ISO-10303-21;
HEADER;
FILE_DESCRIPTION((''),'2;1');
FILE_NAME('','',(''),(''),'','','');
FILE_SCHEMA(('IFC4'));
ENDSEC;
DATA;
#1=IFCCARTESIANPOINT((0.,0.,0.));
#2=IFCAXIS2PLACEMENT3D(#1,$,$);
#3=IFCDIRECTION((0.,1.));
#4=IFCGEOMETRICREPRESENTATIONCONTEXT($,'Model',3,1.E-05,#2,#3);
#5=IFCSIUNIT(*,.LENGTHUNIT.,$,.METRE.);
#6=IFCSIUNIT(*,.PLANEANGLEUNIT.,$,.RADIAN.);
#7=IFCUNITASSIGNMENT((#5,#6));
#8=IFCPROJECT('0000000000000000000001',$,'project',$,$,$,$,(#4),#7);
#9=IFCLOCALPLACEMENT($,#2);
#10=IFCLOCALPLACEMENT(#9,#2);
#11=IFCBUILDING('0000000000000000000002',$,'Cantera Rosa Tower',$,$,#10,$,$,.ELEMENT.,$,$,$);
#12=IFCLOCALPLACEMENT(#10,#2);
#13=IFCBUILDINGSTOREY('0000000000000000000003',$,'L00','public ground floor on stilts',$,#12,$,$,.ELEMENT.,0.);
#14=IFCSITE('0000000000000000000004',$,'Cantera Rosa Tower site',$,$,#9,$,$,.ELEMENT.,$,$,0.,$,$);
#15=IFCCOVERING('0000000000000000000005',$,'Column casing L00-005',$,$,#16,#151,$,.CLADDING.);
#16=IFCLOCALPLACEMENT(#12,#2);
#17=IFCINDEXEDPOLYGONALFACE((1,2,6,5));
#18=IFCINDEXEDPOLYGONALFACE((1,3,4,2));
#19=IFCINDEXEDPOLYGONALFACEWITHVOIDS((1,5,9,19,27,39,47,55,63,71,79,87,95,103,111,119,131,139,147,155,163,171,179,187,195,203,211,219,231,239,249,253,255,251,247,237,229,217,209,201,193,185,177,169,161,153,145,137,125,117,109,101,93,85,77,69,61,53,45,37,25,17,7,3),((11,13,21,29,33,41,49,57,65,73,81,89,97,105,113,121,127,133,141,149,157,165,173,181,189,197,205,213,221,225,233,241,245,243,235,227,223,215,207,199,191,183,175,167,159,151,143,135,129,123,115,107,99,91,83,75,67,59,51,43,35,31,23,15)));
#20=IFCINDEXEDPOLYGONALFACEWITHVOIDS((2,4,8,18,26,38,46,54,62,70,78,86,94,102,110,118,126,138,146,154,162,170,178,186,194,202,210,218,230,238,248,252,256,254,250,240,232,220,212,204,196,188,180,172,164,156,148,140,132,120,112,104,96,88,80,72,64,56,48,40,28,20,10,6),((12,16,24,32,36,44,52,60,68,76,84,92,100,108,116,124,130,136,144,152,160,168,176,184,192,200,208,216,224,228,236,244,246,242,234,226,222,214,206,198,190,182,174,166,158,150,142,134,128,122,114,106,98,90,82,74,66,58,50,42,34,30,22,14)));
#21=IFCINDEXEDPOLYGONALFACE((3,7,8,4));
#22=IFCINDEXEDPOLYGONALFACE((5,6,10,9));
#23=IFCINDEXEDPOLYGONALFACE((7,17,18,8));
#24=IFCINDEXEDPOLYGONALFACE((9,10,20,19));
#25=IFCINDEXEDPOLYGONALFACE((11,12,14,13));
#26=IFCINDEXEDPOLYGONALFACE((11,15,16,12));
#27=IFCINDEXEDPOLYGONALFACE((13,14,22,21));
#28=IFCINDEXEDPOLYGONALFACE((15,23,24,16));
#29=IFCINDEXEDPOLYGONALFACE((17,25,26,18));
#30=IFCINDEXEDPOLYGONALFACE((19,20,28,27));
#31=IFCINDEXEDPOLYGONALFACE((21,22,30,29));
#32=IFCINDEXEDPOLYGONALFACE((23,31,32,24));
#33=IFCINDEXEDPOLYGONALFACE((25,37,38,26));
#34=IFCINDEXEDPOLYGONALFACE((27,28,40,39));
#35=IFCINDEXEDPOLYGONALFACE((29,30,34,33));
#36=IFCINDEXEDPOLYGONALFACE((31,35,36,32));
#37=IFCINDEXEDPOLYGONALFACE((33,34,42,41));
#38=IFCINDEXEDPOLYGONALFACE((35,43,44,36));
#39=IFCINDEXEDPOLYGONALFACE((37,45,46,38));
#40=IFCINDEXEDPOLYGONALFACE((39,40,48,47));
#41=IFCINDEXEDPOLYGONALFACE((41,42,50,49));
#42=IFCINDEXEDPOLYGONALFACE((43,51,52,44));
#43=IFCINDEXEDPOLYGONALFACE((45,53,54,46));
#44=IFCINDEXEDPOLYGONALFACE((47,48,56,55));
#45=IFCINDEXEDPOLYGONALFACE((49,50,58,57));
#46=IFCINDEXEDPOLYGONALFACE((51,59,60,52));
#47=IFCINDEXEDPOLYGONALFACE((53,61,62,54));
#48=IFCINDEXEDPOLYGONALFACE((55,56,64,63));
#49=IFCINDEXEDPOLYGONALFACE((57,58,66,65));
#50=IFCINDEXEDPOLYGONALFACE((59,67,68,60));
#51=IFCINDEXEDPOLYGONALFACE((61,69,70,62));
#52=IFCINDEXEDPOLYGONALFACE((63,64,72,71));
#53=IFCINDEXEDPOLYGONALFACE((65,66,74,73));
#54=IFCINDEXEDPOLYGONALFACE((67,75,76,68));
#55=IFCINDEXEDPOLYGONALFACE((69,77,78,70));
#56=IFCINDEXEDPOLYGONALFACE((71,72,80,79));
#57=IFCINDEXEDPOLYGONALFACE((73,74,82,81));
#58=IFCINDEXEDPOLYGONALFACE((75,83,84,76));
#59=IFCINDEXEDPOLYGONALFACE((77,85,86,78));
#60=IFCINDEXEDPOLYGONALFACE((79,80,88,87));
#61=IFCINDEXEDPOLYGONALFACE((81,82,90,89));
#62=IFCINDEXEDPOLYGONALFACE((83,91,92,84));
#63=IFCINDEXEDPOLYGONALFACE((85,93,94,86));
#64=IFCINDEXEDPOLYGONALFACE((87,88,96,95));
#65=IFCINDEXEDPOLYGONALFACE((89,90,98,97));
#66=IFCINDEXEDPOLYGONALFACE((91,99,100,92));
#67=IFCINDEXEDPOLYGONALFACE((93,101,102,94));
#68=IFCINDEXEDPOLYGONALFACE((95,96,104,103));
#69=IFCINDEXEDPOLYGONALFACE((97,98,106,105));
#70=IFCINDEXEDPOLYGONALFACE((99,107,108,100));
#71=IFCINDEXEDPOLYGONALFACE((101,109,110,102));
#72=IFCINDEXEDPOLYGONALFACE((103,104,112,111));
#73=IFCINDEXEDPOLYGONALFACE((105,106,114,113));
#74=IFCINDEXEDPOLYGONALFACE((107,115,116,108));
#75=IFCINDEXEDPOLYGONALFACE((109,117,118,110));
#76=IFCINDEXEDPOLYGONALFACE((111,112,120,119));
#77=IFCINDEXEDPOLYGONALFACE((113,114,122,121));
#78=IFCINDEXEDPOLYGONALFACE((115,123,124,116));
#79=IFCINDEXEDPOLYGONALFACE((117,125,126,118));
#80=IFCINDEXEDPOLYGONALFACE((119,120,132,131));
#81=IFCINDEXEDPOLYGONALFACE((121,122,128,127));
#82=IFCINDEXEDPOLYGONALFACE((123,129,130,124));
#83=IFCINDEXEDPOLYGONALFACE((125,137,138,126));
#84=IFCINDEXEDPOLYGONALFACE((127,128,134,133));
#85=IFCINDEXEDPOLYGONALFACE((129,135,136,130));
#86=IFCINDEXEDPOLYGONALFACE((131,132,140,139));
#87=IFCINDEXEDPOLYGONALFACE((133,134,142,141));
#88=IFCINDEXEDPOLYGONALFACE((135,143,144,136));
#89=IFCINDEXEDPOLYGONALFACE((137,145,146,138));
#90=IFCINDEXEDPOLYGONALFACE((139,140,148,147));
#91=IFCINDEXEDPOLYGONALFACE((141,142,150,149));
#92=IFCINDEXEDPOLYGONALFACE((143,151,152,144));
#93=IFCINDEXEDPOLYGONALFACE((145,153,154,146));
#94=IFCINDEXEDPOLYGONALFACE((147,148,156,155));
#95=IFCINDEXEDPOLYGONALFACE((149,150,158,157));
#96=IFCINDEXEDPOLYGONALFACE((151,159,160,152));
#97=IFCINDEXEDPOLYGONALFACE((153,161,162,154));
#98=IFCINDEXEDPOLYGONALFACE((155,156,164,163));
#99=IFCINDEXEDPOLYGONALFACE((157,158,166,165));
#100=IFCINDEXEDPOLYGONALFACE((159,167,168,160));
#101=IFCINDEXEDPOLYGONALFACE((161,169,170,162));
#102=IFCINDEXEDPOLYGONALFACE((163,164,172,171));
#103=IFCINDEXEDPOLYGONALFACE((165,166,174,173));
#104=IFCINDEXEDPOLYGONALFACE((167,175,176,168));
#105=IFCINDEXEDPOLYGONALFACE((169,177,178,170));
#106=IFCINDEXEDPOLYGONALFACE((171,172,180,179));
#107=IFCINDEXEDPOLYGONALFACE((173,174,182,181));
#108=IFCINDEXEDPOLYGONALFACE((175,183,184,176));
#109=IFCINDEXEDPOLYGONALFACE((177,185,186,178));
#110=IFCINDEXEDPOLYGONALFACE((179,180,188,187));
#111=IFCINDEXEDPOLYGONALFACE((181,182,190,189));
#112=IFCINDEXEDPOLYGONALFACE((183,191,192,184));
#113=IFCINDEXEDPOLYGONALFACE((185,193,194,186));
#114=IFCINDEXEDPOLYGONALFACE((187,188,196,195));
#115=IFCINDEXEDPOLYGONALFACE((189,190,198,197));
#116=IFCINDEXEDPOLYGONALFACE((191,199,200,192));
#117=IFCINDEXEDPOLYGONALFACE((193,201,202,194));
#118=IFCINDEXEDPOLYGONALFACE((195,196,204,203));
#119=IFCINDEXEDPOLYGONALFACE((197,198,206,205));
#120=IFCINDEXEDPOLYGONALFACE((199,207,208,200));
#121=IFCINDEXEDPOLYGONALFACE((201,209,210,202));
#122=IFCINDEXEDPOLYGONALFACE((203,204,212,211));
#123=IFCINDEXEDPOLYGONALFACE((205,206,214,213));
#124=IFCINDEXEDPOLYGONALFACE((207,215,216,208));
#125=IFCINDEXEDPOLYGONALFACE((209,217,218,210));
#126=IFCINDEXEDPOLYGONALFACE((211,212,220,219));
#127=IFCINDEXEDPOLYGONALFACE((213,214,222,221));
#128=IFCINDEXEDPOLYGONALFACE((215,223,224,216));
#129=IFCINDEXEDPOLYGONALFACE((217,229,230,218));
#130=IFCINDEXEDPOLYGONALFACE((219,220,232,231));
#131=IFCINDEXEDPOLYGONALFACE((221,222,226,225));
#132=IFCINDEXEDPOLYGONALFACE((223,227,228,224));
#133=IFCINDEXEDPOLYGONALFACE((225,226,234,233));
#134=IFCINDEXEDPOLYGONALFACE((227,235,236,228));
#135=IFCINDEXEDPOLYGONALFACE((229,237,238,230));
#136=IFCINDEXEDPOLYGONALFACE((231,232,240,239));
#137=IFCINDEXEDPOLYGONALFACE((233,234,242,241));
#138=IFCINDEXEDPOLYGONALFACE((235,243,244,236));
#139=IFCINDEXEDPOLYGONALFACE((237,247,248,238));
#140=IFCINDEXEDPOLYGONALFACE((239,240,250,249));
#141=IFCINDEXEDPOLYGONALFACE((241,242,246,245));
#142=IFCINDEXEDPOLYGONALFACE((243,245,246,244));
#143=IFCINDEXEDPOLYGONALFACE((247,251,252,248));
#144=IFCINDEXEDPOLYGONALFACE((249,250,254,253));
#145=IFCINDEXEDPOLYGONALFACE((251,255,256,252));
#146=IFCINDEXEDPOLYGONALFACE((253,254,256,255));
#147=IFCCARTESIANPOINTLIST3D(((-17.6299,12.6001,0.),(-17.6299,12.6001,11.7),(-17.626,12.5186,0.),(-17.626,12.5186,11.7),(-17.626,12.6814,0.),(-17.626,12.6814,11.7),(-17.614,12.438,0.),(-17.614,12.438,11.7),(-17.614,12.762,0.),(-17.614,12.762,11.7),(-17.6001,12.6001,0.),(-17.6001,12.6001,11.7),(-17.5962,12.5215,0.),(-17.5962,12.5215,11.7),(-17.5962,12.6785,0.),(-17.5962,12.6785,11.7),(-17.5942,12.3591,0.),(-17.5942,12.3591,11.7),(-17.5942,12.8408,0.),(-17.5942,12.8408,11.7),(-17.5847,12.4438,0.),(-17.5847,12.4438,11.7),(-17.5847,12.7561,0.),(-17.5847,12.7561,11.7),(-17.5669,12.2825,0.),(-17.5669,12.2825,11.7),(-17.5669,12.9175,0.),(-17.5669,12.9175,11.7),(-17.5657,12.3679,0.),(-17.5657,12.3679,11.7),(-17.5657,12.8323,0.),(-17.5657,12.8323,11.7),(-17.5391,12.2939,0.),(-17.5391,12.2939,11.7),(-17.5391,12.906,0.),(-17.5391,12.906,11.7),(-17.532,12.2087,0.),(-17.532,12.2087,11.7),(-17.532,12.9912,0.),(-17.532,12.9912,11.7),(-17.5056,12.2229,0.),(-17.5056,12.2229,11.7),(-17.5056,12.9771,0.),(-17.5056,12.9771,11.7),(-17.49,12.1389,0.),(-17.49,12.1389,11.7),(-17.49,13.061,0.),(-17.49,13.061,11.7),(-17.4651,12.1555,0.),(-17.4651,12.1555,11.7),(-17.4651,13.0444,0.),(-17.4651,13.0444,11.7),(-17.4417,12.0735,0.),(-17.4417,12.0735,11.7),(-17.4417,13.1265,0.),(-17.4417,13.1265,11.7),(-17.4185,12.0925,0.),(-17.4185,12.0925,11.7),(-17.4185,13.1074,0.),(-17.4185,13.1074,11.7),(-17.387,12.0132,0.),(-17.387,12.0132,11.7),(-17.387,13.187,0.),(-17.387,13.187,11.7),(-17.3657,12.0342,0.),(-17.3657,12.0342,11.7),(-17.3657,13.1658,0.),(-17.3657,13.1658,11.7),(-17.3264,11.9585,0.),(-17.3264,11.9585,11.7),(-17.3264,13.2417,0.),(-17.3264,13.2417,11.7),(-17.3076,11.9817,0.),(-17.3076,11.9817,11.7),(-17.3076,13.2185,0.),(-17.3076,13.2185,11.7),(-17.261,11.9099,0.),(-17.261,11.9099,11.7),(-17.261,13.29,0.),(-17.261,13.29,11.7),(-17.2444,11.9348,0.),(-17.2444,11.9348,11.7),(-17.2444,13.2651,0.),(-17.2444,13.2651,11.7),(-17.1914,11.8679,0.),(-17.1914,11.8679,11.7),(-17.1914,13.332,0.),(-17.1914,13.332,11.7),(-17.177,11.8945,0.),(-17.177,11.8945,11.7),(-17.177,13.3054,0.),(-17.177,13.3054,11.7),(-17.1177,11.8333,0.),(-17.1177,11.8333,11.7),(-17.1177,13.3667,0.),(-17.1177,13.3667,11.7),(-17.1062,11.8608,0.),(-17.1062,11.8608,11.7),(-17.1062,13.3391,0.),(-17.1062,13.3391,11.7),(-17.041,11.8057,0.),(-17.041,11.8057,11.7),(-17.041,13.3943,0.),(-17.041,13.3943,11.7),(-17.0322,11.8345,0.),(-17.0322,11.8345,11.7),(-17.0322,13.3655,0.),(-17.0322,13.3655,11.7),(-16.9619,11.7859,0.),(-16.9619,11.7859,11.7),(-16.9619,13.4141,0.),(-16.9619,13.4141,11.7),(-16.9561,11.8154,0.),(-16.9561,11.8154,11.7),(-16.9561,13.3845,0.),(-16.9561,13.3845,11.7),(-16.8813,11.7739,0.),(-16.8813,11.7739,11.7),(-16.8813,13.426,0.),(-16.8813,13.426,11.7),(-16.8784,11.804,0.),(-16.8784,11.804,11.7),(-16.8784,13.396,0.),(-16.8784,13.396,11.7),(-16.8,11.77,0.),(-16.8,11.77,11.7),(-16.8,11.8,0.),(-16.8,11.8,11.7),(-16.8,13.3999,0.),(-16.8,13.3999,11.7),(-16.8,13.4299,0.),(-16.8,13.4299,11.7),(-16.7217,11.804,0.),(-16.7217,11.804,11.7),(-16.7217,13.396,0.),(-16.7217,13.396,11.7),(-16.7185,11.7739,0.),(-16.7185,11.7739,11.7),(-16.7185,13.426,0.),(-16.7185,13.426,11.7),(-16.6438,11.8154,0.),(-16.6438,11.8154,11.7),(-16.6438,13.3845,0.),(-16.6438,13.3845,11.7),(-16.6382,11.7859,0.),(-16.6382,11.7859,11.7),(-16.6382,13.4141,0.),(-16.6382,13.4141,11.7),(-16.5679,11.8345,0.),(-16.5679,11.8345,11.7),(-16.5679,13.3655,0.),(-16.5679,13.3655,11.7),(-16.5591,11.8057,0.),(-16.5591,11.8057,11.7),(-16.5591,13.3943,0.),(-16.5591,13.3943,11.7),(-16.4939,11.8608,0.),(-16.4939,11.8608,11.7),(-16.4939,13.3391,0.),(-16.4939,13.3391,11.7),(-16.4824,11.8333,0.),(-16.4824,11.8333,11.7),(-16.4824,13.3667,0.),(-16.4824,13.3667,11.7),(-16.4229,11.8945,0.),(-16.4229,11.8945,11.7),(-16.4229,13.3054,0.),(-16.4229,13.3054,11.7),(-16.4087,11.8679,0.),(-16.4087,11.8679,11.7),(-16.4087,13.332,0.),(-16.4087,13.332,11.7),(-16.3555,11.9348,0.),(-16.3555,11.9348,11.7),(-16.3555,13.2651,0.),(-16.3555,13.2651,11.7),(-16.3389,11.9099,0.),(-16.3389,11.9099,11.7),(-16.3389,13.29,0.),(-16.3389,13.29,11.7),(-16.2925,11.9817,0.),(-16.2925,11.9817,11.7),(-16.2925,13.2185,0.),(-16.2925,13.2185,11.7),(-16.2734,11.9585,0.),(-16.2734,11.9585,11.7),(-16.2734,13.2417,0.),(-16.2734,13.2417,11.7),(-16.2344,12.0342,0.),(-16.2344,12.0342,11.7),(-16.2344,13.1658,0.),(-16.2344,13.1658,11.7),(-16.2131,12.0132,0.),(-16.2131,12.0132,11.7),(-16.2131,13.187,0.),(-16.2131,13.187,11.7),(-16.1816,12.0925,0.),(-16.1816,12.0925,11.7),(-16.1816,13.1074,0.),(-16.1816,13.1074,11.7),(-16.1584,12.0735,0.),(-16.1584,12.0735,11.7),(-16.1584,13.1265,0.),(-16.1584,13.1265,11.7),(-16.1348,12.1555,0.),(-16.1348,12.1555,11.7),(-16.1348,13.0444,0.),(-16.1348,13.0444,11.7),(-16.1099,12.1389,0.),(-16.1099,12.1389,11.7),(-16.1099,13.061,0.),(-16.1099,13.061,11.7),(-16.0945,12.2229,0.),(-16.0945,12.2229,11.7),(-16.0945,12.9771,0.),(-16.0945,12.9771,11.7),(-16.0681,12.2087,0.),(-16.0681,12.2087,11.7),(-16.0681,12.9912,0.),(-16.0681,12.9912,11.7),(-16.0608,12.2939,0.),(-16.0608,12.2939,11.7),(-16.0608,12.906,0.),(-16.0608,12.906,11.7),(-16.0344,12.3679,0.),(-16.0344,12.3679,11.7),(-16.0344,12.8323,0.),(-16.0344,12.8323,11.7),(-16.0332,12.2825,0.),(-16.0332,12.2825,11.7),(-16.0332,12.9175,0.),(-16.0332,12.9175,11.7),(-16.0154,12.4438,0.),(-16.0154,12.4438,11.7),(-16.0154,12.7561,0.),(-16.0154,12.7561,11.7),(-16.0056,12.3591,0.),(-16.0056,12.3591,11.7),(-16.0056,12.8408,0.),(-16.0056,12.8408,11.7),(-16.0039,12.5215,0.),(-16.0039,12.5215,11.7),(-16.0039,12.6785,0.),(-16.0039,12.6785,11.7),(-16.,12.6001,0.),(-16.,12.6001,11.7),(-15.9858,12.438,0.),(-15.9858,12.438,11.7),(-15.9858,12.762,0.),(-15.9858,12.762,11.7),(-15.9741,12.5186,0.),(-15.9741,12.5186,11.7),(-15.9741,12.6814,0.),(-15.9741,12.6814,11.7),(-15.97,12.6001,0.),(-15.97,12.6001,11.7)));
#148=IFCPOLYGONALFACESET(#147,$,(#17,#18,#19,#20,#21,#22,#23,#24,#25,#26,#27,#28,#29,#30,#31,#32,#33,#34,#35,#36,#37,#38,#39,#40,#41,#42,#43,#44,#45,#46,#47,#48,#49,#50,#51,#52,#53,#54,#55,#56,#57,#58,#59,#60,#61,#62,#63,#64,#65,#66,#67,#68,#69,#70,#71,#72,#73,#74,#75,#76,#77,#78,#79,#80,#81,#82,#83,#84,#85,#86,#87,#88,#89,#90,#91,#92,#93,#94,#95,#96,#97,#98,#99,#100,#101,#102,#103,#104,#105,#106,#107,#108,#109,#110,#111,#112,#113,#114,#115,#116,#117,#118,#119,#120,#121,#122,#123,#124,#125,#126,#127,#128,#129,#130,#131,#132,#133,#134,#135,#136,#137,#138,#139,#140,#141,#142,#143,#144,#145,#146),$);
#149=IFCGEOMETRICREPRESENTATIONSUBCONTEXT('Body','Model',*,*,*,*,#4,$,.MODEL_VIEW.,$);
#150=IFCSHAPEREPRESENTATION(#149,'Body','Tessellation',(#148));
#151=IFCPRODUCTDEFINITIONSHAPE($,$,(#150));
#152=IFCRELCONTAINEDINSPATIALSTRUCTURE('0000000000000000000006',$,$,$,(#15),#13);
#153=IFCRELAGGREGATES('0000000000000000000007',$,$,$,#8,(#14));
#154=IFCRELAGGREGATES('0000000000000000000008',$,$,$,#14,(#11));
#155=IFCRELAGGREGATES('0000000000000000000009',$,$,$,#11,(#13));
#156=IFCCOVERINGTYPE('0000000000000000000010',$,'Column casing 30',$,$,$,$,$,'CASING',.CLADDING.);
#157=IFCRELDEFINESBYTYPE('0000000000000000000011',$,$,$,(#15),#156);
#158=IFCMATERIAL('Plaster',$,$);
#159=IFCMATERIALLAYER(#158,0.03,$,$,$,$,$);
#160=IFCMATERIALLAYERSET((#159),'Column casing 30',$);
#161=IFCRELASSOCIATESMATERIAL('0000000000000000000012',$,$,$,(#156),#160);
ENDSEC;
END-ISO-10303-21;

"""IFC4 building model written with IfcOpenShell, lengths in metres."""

from ifc_helpers import new_model, si_unit, direction, origin, place, context, subcontext, project, spatial, polyline, outline, extrude, material, layer, layer_set, type_object, element, save


model = new_model("IFC4")

# Units and contexts
model_context = context("Model", 3, precision=1e-05, world=origin(), true_north=direction((0.0, 1.0)))
body_context = subcontext(model_context, "Body", "Model", "MODEL_VIEW")
ifc_project = project(units=[si_unit("LENGTHUNIT", "METRE"), si_unit("PLANEANGLEUNIT", "RADIAN")], contexts=[model_context])

# Site, building, storey
site_placement = place(None, origin())
site = spatial("IfcSite", under=ifc_project, at=site_placement, Name="Cantera Rosa Tower site", CompositionType="ELEMENT", RefElevation=0.0)
building_placement = place(site_placement, origin())
building = spatial("IfcBuilding", under=site, at=building_placement, Name="Cantera Rosa Tower", CompositionType="ELEMENT")
storey_placement = place(building_placement, origin())
storey = spatial("IfcBuildingStorey", under=building, at=storey_placement, Name="L00", Description="public ground floor on stilts", CompositionType="ELEMENT", Elevation=0.0)

# Covering
ifc_material_1 = material(Name="Plaster")
ifc_layer_1 = layer(ifc_material_1, 0.03)
ifc_layer_set_1 = layer_set([ifc_layer_1], Name="Column casing 30")
covering_type = type_object("IfcCoveringType", Name="Column casing 30", ElementType="CASING", PredefinedType="CLADDING", material=ifc_layer_set_1)
covering_1_placement = place(storey_placement, origin())
element("IfcCovering", 1, at=covering_1_placement, inside=storey, type_object=covering_type, Name="Column casing L00-005", PredefinedType="CLADDING", context=body_context, shape_type="SweptSolid", body=[
    extrude(outline(polyline([(-15.9741, 12.5186), (-15.97, 12.6001), (-15.9741, 12.6814), (-15.9858, 12.762), (-16.0056, 12.8408), (-16.0332, 12.9175), (-16.0681, 12.9912), (-16.1099, 13.061), (-16.1584, 13.1265), (-16.2131, 13.187), (-16.2734, 13.2417), (-16.3389, 13.29), (-16.4087, 13.332), (-16.4824, 13.3667), (-16.5591, 13.3943), (-16.6382, 13.4141), (-16.7185, 13.426), (-16.8, 13.4299), (-16.8813, 13.426), (-16.9619, 13.4141), (-17.041, 13.3943), (-17.1177, 13.3667), (-17.1914, 13.332), (-17.261, 13.29), (-17.3264, 13.2417), (-17.387, 13.187), (-17.4417, 13.1265), (-17.49, 13.061), (-17.532, 12.9912), (-17.5669, 12.9175), (-17.5942, 12.8408), (-17.614, 12.762), (-17.626, 12.6814), (-17.6299, 12.6001), (-17.626, 12.5186), (-17.614, 12.438), (-17.5942, 12.3591), (-17.5669, 12.2825), (-17.532, 12.2087), (-17.49, 12.1389), (-17.4417, 12.0735), (-17.387, 12.0132), (-17.3264, 11.9585), (-17.261, 11.9099), (-17.1914, 11.8679), (-17.1177, 11.8333), (-17.041, 11.8057), (-16.9619, 11.7859), (-16.8813, 11.7739), (-16.8, 11.77), (-16.7185, 11.7739), (-16.6382, 11.7859), (-16.5591, 11.8057), (-16.4824, 11.8333), (-16.4087, 11.8679), (-16.3389, 11.9099), (-16.2734, 11.9585), (-16.2131, 12.0132), (-16.1584, 12.0735), (-16.1099, 12.1389), (-16.0681, 12.2087), (-16.0332, 12.2825), (-16.0056, 12.3591), (-15.9858, 12.438), (-15.9741, 12.5186)]), holes=[polyline([(-16.0039, 12.6785), (-16.0154, 12.7561), (-16.0344, 12.8323), (-16.0608, 12.906), (-16.0945, 12.9771), (-16.1348, 13.0444), (-16.1816, 13.1074), (-16.2344, 13.1658), (-16.2925, 13.2185), (-16.3555, 13.2651), (-16.4229, 13.3054), (-16.4939, 13.3391), (-16.5679, 13.3655), (-16.6438, 13.3845), (-16.7217, 13.396), (-16.8, 13.3999), (-16.8784, 13.396), (-16.9561, 13.3845), (-17.0322, 13.3655), (-17.1062, 13.3391), (-17.177, 13.3054), (-17.2444, 13.2651), (-17.3076, 13.2185), (-17.3657, 13.1658), (-17.4185, 13.1074), (-17.4651, 13.0444), (-17.5056, 12.9771), (-17.5391, 12.906), (-17.5657, 12.8323), (-17.5847, 12.7561), (-17.5962, 12.6785), (-17.6001, 12.6001), (-17.5962, 12.5215), (-17.5847, 12.4438), (-17.5657, 12.3679), (-17.5391, 12.2939), (-17.5056, 12.2229), (-17.4651, 12.1555), (-17.4185, 12.0925), (-17.3657, 12.0342), (-17.3076, 11.9817), (-17.2444, 11.9348), (-17.177, 11.8945), (-17.1062, 11.8608), (-17.0322, 11.8345), (-16.9561, 11.8154), (-16.8784, 11.804), (-16.8, 11.8), (-16.7217, 11.804), (-16.6438, 11.8154), (-16.5679, 11.8345), (-16.4939, 11.8608), (-16.4229, 11.8945), (-16.3555, 11.9348), (-16.2925, 11.9817), (-16.2344, 12.0342), (-16.1816, 12.0925), (-16.1348, 12.1555), (-16.0945, 12.2229), (-16.0608, 12.2939), (-16.0344, 12.3679), (-16.0154, 12.4438), (-16.0039, 12.5215), (-16.0, 12.6001), (-16.0039, 12.6785)])]), origin(), (0.0, 0.0, 1.0), 11.7),
])

save(model, "model.ifc")
